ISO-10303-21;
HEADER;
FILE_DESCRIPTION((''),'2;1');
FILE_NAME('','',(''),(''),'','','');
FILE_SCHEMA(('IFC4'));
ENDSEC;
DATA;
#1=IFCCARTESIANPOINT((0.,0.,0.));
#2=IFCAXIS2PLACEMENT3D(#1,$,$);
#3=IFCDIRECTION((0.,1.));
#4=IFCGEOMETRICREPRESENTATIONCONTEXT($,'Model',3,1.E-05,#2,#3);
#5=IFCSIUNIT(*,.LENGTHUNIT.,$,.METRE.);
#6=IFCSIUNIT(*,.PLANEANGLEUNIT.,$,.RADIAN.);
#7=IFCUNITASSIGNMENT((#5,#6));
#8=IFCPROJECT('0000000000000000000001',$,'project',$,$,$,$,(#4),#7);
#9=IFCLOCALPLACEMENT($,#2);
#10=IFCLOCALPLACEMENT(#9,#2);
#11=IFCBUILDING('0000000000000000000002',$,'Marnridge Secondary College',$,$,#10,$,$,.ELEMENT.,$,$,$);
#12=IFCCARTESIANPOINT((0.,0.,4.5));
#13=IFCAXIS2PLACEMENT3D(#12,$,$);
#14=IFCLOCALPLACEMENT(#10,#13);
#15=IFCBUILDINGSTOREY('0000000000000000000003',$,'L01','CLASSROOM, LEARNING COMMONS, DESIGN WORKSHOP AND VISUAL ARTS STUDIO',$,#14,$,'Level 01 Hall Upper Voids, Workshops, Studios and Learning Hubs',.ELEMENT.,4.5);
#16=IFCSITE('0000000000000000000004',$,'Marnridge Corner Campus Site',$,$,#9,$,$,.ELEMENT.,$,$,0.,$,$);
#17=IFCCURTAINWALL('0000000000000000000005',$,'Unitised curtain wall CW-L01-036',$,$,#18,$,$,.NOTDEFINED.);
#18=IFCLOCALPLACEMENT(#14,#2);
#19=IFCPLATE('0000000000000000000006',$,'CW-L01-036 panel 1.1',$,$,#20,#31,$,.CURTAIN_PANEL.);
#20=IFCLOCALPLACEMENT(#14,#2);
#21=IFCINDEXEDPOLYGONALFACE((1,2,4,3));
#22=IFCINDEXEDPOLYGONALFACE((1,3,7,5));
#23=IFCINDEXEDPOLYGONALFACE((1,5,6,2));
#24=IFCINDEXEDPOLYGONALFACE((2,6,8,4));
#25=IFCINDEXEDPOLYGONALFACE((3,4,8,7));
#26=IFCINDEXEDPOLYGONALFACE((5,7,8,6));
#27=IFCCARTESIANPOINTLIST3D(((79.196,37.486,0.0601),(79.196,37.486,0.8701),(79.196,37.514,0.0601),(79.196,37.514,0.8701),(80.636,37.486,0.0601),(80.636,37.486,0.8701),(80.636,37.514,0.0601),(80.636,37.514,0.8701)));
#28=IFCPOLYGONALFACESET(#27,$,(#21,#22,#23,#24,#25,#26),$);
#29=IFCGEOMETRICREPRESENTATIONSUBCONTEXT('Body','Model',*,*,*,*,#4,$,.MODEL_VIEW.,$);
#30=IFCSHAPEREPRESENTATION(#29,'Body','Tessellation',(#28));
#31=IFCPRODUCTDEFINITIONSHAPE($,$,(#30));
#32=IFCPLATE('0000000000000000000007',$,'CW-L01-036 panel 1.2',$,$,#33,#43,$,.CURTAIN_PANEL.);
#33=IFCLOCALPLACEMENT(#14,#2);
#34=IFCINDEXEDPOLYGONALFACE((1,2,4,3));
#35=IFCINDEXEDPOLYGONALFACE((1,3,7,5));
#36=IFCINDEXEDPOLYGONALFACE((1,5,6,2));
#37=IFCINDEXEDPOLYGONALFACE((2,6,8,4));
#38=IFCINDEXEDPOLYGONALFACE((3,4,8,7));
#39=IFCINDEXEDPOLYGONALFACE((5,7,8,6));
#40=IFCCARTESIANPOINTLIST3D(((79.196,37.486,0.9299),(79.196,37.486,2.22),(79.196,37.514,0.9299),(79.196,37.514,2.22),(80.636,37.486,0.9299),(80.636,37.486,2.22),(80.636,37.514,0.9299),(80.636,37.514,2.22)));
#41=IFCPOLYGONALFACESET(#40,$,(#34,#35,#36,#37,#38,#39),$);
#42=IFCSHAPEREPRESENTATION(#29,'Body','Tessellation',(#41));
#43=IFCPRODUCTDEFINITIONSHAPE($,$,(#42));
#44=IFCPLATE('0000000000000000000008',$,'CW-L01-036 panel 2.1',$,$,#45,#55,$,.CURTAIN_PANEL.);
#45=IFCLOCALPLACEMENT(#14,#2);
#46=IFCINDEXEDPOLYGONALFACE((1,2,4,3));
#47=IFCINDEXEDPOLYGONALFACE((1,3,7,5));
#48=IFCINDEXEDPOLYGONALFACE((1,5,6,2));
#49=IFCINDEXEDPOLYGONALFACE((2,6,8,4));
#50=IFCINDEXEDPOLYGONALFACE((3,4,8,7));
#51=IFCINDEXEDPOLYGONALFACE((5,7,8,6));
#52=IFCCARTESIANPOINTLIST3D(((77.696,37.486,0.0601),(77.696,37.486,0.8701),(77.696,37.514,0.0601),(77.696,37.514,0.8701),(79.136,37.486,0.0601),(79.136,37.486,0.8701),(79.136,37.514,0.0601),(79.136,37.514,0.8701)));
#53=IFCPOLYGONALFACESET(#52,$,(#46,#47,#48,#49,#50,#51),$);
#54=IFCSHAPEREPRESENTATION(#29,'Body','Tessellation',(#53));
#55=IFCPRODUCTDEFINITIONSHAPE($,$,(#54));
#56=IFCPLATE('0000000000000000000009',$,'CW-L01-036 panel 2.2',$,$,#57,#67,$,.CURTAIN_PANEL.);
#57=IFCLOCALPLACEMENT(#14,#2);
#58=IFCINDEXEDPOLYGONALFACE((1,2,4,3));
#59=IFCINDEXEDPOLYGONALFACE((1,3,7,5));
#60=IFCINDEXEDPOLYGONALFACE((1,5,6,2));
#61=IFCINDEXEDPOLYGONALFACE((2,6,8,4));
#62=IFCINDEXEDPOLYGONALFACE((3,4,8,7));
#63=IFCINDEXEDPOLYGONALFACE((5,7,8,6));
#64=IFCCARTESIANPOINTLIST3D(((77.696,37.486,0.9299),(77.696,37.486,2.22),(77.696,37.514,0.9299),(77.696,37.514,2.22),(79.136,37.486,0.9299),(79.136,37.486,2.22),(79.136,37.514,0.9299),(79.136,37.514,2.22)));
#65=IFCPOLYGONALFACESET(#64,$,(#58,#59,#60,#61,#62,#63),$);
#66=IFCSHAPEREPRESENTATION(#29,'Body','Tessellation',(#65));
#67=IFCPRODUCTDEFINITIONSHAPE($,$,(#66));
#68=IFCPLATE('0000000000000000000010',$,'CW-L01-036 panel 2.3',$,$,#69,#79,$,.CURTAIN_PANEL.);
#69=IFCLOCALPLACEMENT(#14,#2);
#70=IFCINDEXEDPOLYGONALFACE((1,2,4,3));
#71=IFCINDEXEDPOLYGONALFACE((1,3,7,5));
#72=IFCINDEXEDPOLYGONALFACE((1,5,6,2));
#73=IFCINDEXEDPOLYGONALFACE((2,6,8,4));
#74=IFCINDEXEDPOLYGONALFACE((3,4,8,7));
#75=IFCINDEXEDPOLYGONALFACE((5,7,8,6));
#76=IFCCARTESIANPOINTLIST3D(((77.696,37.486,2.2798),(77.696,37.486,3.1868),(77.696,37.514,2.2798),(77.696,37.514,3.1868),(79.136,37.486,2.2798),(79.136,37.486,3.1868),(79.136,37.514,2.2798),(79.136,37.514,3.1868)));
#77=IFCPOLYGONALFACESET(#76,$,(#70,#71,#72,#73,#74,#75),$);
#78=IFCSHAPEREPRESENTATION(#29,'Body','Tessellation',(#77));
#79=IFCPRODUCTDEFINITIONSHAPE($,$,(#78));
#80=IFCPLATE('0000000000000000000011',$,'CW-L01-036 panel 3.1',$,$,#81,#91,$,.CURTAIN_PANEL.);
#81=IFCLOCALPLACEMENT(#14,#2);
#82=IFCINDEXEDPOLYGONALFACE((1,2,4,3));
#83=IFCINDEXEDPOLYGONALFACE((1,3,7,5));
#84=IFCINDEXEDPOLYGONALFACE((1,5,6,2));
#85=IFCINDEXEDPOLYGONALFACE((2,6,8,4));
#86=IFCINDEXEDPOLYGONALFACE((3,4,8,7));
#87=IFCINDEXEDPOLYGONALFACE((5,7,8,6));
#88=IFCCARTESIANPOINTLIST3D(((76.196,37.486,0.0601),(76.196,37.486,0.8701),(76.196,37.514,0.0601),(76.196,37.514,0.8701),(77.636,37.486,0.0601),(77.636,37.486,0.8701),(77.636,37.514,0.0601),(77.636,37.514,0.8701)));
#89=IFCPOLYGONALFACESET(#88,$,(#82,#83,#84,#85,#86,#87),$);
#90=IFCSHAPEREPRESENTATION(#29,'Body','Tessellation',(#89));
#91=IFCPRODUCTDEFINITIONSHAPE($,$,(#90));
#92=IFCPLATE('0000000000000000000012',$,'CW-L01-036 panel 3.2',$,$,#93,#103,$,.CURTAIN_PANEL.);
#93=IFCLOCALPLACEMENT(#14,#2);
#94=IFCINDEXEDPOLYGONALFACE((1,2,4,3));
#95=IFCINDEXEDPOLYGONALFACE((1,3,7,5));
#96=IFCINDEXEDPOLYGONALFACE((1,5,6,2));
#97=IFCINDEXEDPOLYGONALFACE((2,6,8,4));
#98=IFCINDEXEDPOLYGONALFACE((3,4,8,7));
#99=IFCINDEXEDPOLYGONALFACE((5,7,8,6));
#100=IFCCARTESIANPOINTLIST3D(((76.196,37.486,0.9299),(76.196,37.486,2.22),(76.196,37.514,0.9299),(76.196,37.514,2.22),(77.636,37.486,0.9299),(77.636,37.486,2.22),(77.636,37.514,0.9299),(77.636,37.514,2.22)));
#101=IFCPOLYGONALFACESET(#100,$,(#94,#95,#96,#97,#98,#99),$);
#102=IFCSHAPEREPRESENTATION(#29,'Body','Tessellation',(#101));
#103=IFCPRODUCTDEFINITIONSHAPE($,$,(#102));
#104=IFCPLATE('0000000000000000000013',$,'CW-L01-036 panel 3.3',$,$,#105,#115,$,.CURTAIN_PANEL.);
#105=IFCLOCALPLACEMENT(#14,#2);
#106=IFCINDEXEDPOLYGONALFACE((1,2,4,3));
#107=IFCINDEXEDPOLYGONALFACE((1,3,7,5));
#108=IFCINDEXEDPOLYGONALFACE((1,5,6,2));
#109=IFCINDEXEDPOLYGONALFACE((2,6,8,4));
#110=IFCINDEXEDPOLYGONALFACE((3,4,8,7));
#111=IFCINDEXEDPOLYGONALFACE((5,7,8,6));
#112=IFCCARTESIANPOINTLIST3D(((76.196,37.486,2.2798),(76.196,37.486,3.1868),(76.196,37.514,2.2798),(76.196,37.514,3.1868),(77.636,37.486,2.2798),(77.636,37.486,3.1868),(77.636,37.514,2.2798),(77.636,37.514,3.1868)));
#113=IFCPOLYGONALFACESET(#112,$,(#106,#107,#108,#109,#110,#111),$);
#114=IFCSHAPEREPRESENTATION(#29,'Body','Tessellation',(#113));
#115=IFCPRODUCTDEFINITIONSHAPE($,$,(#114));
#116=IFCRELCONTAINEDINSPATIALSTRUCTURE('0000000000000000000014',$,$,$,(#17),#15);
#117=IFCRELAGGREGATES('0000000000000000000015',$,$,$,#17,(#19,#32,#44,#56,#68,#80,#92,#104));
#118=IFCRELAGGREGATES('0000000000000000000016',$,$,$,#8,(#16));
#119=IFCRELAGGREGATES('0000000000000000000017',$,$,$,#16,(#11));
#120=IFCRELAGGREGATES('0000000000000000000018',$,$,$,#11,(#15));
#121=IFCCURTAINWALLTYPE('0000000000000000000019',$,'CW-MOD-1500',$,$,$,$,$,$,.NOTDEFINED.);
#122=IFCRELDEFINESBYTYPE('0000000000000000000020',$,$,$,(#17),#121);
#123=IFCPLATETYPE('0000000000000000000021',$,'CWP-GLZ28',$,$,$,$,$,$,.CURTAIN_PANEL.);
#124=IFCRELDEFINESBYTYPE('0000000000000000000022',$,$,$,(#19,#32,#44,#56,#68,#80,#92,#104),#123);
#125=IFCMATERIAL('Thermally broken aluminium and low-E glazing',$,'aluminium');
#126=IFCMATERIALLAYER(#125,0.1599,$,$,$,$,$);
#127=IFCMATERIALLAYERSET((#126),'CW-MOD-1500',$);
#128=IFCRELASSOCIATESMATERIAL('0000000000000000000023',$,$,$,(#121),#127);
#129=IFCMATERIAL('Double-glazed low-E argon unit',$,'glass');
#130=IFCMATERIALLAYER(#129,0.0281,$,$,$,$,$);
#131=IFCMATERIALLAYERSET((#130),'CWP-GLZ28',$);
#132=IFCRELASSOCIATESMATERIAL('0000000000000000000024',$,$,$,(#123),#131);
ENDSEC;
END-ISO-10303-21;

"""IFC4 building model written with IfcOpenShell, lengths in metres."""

from ifc_helpers import new_model, si_unit, direction, frame, origin, origin_2d, place, context, subcontext, project, spatial, rectangle, extrude, material, layer, layer_set, type_object, element, aggregate, save


model = new_model("IFC4")

# Units and contexts
model_context = context("Model", 3, precision=1e-05, world=origin(), true_north=direction((0.0, 1.0)))
body_context = subcontext(model_context, "Body", "Model", "MODEL_VIEW")
ifc_project = project(units=[si_unit("LENGTHUNIT", "METRE"), si_unit("PLANEANGLEUNIT", "RADIAN")], contexts=[model_context])

# Site, building, storey
site_placement = place(None, origin())
site = spatial("IfcSite", under=ifc_project, at=site_placement, Name="Marnridge Corner Campus Site", CompositionType="ELEMENT", RefElevation=0.0)
building_placement = place(site_placement, origin())
building = spatial("IfcBuilding", under=site, at=building_placement, Name="Marnridge Secondary College", CompositionType="ELEMENT")
storey_placement = place(building_placement, frame((0.0, 0.0, 4.5)))
storey = spatial("IfcBuildingStorey", under=building, at=storey_placement, Name="L01", Description="CLASSROOM, LEARNING COMMONS, DESIGN WORKSHOP AND VISUAL ARTS STUDIO", LongName="Level 01 Hall Upper Voids, Workshops, Studios and Learning Hubs", CompositionType="ELEMENT", Elevation=4.5)

# Curtain wall, plates
ifc_material_1 = material(Name="Thermally broken aluminium and low-E glazing", Category="aluminium")
ifc_layer_1 = layer(ifc_material_1, 0.1599)
ifc_layer_set_1 = layer_set([ifc_layer_1], Name="CW-MOD-1500")
curtain_wall_type = type_object("IfcCurtainWallType", Name="CW-MOD-1500", PredefinedType="NOTDEFINED", material=ifc_layer_set_1)
curtain_wall_placement = place(storey_placement, origin())
curtain_wall = element("IfcCurtainWall", 1, at=curtain_wall_placement, inside=storey, type_object=curtain_wall_type, Name="Unitised curtain wall CW-L01-036", PredefinedType="NOTDEFINED")
ifc_material_2 = material(Name="Double-glazed low-E argon unit", Category="glass")
ifc_layer_2 = layer(ifc_material_2, 0.0281)
ifc_layer_set_2 = layer_set([ifc_layer_2], Name="CWP-GLZ28")
plate_type = type_object("IfcPlateType", Name="CWP-GLZ28", PredefinedType="CURTAIN_PANEL", material=ifc_layer_set_2)
plate_1_placement = place(storey_placement, frame((79.916, 37.5, 0.0601), z_axis=(0.0, 0.0, 1.0), x_axis=(-1.0, 0.0, 0.0)))
plate_1 = element("IfcPlate", 2, at=plate_1_placement, type_object=plate_type, Name="CW-L01-036 panel 1.1", PredefinedType="CURTAIN_PANEL", context=body_context, shape_type="SweptSolid", body=[
    extrude(rectangle(XDim=1.4399, YDim=0.0281, at=origin_2d()), origin(), (0.0, 0.0, 1.0), 0.8101),
])
plate_2_placement = place(storey_placement, frame((79.916, 37.5, 0.9299), z_axis=(0.0, 0.0, 1.0), x_axis=(-1.0, 0.0, 0.0)))
plate_2 = element("IfcPlate", 3, at=plate_2_placement, type_object=plate_type, Name="CW-L01-036 panel 1.2", PredefinedType="CURTAIN_PANEL", context=body_context, shape_type="SweptSolid", body=[
    extrude(rectangle(XDim=1.4399, YDim=0.0281, at=origin_2d()), origin(), (0.0, 0.0, 1.0), 1.29),
])
plate_3_placement = place(storey_placement, frame((78.416, 37.5, 0.0601), z_axis=(0.0, 0.0, 1.0), x_axis=(-1.0, 0.0, 0.0)))
plate_3 = element("IfcPlate", 4, at=plate_3_placement, type_object=plate_type, Name="CW-L01-036 panel 2.1", PredefinedType="CURTAIN_PANEL", context=body_context, shape_type="SweptSolid", body=[
    extrude(rectangle(XDim=1.4399, YDim=0.0281, at=origin_2d()), origin(), (0.0, 0.0, 1.0), 0.8101),
])
plate_4_placement = place(storey_placement, frame((78.416, 37.5, 0.9299), z_axis=(0.0, 0.0, 1.0), x_axis=(-1.0, 0.0, 0.0)))
plate_4 = element("IfcPlate", 5, at=plate_4_placement, type_object=plate_type, Name="CW-L01-036 panel 2.2", PredefinedType="CURTAIN_PANEL", context=body_context, shape_type="SweptSolid", body=[
    extrude(rectangle(XDim=1.4399, YDim=0.0281, at=origin_2d()), origin(), (0.0, 0.0, 1.0), 1.29),
])
plate_5_placement = place(storey_placement, frame((78.416, 37.5, 2.2798), z_axis=(0.0, 0.0, 1.0), x_axis=(-1.0, 0.0, 0.0)))
plate_5 = element("IfcPlate", 6, at=plate_5_placement, type_object=plate_type, Name="CW-L01-036 panel 2.3", PredefinedType="CURTAIN_PANEL", context=body_context, shape_type="SweptSolid", body=[
    extrude(rectangle(XDim=1.4399, YDim=0.0281, at=origin_2d()), origin(), (0.0, 0.0, 1.0), 0.907),
])
plate_6_placement = place(storey_placement, frame((76.916, 37.5, 0.0601), z_axis=(0.0, 0.0, 1.0), x_axis=(-1.0, 0.0, 0.0)))
plate_6 = element("IfcPlate", 7, at=plate_6_placement, type_object=plate_type, Name="CW-L01-036 panel 3.1", PredefinedType="CURTAIN_PANEL", context=body_context, shape_type="SweptSolid", body=[
    extrude(rectangle(XDim=1.4399, YDim=0.0281, at=origin_2d()), origin(), (0.0, 0.0, 1.0), 0.8101),
])
plate_7_placement = place(storey_placement, frame((76.916, 37.5, 0.9299), z_axis=(0.0, 0.0, 1.0), x_axis=(-1.0, 0.0, 0.0)))
plate_7 = element("IfcPlate", 8, at=plate_7_placement, type_object=plate_type, Name="CW-L01-036 panel 3.2", PredefinedType="CURTAIN_PANEL", context=body_context, shape_type="SweptSolid", body=[
    extrude(rectangle(XDim=1.4399, YDim=0.0281, at=origin_2d()), origin(), (0.0, 0.0, 1.0), 1.29),
])
plate_8_placement = place(storey_placement, frame((76.916, 37.5, 2.2798), z_axis=(0.0, 0.0, 1.0), x_axis=(-1.0, 0.0, 0.0)))
plate_8 = element("IfcPlate", 9, at=plate_8_placement, type_object=plate_type, Name="CW-L01-036 panel 3.3", PredefinedType="CURTAIN_PANEL", context=body_context, shape_type="SweptSolid", body=[
    extrude(rectangle(XDim=1.4399, YDim=0.0281, at=origin_2d()), origin(), (0.0, 0.0, 1.0), 0.907),
])
aggregate(curtain_wall, [plate_1, plate_2, plate_3, plate_4, plate_5, plate_6, plate_7, plate_8])

save(model, "model.ifc")
